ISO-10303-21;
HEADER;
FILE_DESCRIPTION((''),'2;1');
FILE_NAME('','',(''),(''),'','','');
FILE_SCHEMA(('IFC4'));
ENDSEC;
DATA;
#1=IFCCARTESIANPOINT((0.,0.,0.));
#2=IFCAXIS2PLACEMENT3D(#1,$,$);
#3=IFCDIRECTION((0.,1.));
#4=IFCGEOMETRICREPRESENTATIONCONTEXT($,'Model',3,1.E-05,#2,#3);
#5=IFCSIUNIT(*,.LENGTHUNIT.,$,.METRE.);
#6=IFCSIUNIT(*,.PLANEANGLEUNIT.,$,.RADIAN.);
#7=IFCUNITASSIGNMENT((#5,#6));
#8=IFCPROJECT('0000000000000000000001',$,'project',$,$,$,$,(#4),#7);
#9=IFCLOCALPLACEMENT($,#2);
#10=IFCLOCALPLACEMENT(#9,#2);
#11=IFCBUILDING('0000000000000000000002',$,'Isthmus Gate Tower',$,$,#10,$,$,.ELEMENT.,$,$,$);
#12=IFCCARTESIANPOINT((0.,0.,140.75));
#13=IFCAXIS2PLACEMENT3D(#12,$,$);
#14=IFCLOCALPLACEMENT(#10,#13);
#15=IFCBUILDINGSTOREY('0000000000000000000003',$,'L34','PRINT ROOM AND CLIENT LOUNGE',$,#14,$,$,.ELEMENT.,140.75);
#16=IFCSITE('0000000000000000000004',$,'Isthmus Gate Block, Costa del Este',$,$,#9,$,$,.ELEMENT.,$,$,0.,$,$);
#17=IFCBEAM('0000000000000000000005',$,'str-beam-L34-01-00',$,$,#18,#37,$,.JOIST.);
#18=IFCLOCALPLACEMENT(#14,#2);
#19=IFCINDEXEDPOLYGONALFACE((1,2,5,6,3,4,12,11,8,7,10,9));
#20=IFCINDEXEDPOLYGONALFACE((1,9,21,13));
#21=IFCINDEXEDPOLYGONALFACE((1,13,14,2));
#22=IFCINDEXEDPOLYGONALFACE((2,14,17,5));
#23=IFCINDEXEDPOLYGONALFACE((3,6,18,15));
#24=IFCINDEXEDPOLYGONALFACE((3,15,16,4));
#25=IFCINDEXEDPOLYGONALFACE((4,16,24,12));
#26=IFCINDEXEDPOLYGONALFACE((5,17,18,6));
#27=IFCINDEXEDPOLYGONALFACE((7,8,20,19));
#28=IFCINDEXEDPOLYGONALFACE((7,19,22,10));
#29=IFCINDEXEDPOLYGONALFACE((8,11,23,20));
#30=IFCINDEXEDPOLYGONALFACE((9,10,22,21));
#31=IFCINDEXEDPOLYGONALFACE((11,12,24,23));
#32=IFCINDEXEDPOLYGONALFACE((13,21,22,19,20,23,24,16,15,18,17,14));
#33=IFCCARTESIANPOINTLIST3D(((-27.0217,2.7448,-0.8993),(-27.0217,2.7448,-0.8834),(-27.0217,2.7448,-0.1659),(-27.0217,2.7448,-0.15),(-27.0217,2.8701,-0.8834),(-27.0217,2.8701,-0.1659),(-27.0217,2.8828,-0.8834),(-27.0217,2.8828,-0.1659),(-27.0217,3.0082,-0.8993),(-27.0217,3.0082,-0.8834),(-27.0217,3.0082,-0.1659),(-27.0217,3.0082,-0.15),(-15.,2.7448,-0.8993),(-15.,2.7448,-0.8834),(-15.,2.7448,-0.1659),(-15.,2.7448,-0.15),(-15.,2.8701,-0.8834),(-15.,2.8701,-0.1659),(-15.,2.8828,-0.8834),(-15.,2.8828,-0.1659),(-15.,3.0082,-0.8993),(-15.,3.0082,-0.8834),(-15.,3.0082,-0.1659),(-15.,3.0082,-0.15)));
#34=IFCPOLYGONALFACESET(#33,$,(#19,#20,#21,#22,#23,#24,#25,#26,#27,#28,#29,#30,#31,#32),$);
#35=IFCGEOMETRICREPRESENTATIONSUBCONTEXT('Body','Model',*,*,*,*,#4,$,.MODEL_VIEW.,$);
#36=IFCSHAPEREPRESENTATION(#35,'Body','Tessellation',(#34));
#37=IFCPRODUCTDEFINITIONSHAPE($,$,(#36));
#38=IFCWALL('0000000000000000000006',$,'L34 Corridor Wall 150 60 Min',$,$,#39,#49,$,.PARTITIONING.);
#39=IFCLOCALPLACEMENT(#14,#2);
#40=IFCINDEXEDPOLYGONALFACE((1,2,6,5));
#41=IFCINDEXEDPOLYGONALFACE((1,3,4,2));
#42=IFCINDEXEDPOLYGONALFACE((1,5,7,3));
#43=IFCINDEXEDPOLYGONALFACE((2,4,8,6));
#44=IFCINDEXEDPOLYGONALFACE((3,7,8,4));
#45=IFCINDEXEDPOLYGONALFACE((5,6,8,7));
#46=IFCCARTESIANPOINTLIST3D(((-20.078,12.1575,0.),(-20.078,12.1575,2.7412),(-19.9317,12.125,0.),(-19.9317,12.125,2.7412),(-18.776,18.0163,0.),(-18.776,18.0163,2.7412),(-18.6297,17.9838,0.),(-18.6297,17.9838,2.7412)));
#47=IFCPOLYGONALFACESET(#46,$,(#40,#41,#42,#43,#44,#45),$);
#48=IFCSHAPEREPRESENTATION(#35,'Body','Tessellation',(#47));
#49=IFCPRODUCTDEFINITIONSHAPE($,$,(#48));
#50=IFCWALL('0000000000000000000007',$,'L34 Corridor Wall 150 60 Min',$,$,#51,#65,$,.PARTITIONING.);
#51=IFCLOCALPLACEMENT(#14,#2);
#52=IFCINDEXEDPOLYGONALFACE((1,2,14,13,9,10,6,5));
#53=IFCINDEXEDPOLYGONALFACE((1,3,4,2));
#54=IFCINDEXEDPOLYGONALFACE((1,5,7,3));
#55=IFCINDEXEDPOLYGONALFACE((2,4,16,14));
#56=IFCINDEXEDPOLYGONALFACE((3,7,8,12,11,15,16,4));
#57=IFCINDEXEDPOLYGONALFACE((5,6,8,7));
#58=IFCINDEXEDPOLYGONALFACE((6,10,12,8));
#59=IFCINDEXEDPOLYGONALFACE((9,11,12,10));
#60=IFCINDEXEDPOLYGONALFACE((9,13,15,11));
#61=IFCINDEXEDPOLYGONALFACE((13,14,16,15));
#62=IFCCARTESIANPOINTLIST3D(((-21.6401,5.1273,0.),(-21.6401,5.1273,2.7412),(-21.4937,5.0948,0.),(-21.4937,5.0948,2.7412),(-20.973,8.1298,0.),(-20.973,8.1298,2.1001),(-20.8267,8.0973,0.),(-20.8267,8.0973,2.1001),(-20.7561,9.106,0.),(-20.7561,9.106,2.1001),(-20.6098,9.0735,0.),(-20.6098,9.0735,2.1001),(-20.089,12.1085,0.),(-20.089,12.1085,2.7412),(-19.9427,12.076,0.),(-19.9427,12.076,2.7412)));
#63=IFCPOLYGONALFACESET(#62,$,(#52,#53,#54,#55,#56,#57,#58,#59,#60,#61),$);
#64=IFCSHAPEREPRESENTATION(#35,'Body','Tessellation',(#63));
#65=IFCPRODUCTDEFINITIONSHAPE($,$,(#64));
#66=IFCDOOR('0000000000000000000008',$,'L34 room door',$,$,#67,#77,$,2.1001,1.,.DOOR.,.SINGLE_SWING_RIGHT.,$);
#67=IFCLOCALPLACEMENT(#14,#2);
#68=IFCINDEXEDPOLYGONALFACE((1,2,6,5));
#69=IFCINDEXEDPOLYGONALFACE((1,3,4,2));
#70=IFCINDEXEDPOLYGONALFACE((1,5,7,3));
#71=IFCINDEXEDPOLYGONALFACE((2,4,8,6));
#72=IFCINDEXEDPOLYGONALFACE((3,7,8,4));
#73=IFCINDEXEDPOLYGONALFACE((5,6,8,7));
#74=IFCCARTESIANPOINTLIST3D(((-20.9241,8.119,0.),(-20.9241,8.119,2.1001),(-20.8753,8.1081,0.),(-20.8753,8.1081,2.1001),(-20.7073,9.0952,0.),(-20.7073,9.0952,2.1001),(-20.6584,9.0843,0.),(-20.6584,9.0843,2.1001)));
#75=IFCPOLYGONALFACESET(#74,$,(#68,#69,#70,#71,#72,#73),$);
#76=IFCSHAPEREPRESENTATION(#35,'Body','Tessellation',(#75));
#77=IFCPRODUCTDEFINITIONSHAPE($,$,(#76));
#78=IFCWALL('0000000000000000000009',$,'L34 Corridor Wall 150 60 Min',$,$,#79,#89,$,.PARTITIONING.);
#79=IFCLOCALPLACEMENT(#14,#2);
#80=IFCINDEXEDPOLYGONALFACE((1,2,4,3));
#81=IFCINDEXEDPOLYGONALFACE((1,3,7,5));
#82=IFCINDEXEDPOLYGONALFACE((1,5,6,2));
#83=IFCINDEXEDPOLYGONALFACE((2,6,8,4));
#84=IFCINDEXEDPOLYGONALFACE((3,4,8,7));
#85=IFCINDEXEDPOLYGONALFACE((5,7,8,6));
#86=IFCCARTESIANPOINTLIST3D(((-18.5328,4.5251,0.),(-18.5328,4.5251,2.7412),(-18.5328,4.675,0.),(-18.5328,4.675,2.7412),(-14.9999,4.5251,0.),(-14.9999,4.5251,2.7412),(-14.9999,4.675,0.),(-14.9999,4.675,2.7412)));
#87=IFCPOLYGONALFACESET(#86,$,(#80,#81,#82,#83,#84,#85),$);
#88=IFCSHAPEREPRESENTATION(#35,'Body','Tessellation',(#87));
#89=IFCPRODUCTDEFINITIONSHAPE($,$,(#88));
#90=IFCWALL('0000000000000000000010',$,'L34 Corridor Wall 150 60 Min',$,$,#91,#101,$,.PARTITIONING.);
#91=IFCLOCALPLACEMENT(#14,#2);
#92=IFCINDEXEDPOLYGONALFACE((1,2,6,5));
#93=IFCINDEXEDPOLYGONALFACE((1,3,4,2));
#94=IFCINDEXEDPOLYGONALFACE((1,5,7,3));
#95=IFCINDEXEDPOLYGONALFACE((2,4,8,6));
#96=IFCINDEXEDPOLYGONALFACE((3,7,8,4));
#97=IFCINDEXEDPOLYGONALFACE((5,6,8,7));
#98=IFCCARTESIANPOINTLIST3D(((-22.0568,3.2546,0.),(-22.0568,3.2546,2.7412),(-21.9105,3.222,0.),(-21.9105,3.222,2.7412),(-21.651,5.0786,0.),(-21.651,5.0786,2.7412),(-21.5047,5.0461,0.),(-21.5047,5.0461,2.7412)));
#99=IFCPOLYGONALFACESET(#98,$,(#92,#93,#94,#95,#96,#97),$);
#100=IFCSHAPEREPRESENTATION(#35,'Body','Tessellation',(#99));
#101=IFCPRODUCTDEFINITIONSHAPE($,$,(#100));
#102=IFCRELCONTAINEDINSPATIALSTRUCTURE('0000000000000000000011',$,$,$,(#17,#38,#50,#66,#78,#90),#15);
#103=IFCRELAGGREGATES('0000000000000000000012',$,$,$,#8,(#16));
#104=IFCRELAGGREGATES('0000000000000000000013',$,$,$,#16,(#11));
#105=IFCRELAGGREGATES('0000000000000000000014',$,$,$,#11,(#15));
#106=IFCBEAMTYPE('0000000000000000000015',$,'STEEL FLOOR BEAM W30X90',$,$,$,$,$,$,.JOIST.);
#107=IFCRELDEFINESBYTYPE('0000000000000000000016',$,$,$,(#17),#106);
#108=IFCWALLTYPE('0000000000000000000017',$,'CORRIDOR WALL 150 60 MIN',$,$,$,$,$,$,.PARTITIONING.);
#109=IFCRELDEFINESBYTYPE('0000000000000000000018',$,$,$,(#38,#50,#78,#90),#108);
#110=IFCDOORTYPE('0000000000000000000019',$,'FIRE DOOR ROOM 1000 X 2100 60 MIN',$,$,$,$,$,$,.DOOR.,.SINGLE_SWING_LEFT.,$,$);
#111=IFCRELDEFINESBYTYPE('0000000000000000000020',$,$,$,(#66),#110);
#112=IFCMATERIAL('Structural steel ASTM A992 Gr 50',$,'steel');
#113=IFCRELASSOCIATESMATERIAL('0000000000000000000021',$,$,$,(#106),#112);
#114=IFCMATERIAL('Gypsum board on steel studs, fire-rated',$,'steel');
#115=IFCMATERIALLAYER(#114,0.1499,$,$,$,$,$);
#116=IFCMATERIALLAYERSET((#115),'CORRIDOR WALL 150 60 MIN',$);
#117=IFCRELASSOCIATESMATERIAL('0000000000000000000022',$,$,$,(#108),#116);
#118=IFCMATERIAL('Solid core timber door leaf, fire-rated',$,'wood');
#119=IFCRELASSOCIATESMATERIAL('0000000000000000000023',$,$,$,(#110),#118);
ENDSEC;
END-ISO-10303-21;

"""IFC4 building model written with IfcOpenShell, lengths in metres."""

from ifc_helpers import new_model, si_unit, direction, frame, frame_2d, origin, origin_2d, place, context, subcontext, project, spatial, rectangle, i_section, extrude, material, layer, layer_set, material_profile, profile_set, type_object, element, fill, save


model = new_model("IFC4")

# Units and contexts
model_context = context("Model", 3, precision=1e-05, world=origin(), true_north=direction((0.0, 1.0)))
body_context = subcontext(model_context, "Body", "Model", "MODEL_VIEW")
ifc_project = project(units=[si_unit("LENGTHUNIT", "METRE"), si_unit("PLANEANGLEUNIT", "RADIAN")], contexts=[model_context])

# Site, building, storey
site_placement = place(None, origin())
site = spatial("IfcSite", under=ifc_project, at=site_placement, Name="Isthmus Gate Block, Costa del Este", CompositionType="ELEMENT", RefElevation=0.0)
building_placement = place(site_placement, origin())
building = spatial("IfcBuilding", under=site, at=building_placement, Name="Isthmus Gate Tower", CompositionType="ELEMENT")
storey_placement = place(building_placement, frame((0.0, 0.0, 140.75)))
storey = spatial("IfcBuildingStorey", under=building, at=storey_placement, Name="L34", Description="PRINT ROOM AND CLIENT LOUNGE", CompositionType="ELEMENT", Elevation=140.75)

# Beam
ifc_material_1 = material(Name="Structural steel ASTM A992 Gr 50", Category="steel")
ifc_material_profile_1 = material_profile(ifc_material_1, i_section(OverallWidth=0.2634, OverallDepth=0.7493, WebThickness=0.0127, FlangeThickness=0.0159, at=origin_2d()), Name="W30X90")
ifc_profile_set_1 = profile_set([ifc_material_profile_1], Name="Structural steel ASTM A992 Gr 50")
beam_type_1 = type_object("IfcBeamType", Name="STEEL FLOOR BEAM W30X90", PredefinedType="JOIST", material=ifc_profile_set_1)
beam_1_placement = place(storey_placement, frame((-27.0217, 2.8765, -0.5247), z_axis=(1.0, 0.0, 0.0), x_axis=(0.0, 1.0, 0.0)))
element("IfcBeam", 1, at=beam_1_placement, inside=storey, type_object=beam_type_1, Name="str-beam-L34-01-00", PredefinedType="JOIST", context=body_context, shape_type="SweptSolid", body=[
    extrude(i_section(OverallWidth=0.2634, OverallDepth=0.7493, WebThickness=0.0127, FlangeThickness=0.0159, at=origin_2d()), origin(), (0.0, 0.0, 1.0), 12.0217),
])

# Wall
ifc_material_2 = material(Name="Gypsum board on steel studs, fire-rated", Category="steel")
ifc_layer_1 = layer(ifc_material_2, 0.1499)
ifc_layer_set_1 = layer_set([ifc_layer_1], Name="CORRIDOR WALL 150 60 MIN")
wall_type_1 = type_object("IfcWallType", Name="CORRIDOR WALL 150 60 MIN", PredefinedType="PARTITIONING", material=ifc_layer_set_1)
wall_1_placement = place(storey_placement, frame((-20.0049, 12.1411, 0.0), z_axis=(0.0, 0.0, 1.0), x_axis=(0.216935, 0.976186, 0.0)))
element("IfcWall", 2, at=wall_1_placement, inside=storey, type_object=wall_type_1, Name="L34 Corridor Wall 150 60 Min", PredefinedType="PARTITIONING", context=body_context, shape_type="SweptSolid", body=[
    extrude(rectangle(XDim=6.0017, YDim=0.1499, at=frame_2d((3.001, 0.0))), origin(), (0.0, 0.0, 1.0), 2.7412),
])

# Wall, opening, door
wall_2_placement = place(storey_placement, frame((-21.5669, 5.1111, 0.0), z_axis=(0.0, 0.0, 1.0), x_axis=(0.216883, 0.976198, 0.0)))
wall_2 = element("IfcWall", 3, at=wall_2_placement, inside=storey, type_object=wall_type_1, Name="L34 Corridor Wall 150 60 Min", PredefinedType="PARTITIONING", context=body_context, shape_type="SweptSolid", body=[
    extrude(rectangle(XDim=7.1514, YDim=0.1499, at=frame_2d((3.5757, 0.0))), origin(), (0.0, 0.0, 1.0), 2.7412),
])
opening_1_placement = place(wall_2_placement, frame((3.0757, 0.0, 0.0)))
opening_1 = element("IfcOpeningElement", 4, at=opening_1_placement, cuts=wall_2, PredefinedType="OPENING", context=body_context, shape_type="SweptSolid", body=[
    extrude(rectangle(XDim=1.0, YDim=2.1001, at=frame_2d((0.5, 1.05))), frame((0.0, 0.085, 0.0), z_axis=(0.0, -1.0, 0.0), x_axis=(1.0, 0.0, 0.0)), (0.0, 0.0, 1.0), 0.1699),
])
ifc_material_3 = material(Name="Solid core timber door leaf, fire-rated", Category="wood")
door_type_1 = type_object("IfcDoorType", Name="FIRE DOOR ROOM 1000 X 2100 60 MIN", OperationType="SINGLE_SWING_LEFT", PredefinedType="DOOR", material=ifc_material_3)
door_1_placement = place(opening_1_placement, origin())
door_1 = element("IfcDoor", 5, at=door_1_placement, inside=storey, type_object=door_type_1, Name="L34 room door", OperationType="SINGLE_SWING_RIGHT", OverallHeight=2.1001, OverallWidth=1.0, PredefinedType="DOOR", context=body_context, shape_type="SweptSolid", body=[
    extrude(rectangle(XDim=1.0, YDim=2.1001, at=frame_2d((0.5, 1.05))), frame((0.0, 0.0249, 0.0), z_axis=(0.0, -1.0, 0.0), x_axis=(1.0, 0.0, 0.0)), (0.0, 0.0, 1.0), 0.05),
])
fill(opening_1, door_1)

# Walls
wall_3_placement = place(storey_placement, frame((-18.533, 4.6001, 0.0), z_axis=(0.0, 0.0, 1.0), x_axis=(1.0, 0.0, 0.0)))
element("IfcWall", 6, at=wall_3_placement, inside=storey, type_object=wall_type_1, Name="L34 Corridor Wall 150 60 Min", PredefinedType="PARTITIONING", context=body_context, shape_type="SweptSolid", body=[
    extrude(rectangle(XDim=3.533, YDim=0.1499, at=frame_2d((1.7666, 0.0))), origin(), (0.0, 0.0, 1.0), 2.7412),
])
wall_4_placement = place(storey_placement, frame((-21.9836, 3.2383, 0.0), z_axis=(0.0, 0.0, 1.0), x_axis=(0.217152, 0.976138, 0.0)))
element("IfcWall", 7, at=wall_4_placement, inside=storey, type_object=wall_type_1, Name="L34 Corridor Wall 150 60 Min", PredefinedType="PARTITIONING", context=body_context, shape_type="SweptSolid", body=[
    extrude(rectangle(XDim=1.8687, YDim=0.1499, at=frame_2d((0.9343, 0.0))), origin(), (0.0, 0.0, 1.0), 2.7412),
])

save(model, "model.ifc")
